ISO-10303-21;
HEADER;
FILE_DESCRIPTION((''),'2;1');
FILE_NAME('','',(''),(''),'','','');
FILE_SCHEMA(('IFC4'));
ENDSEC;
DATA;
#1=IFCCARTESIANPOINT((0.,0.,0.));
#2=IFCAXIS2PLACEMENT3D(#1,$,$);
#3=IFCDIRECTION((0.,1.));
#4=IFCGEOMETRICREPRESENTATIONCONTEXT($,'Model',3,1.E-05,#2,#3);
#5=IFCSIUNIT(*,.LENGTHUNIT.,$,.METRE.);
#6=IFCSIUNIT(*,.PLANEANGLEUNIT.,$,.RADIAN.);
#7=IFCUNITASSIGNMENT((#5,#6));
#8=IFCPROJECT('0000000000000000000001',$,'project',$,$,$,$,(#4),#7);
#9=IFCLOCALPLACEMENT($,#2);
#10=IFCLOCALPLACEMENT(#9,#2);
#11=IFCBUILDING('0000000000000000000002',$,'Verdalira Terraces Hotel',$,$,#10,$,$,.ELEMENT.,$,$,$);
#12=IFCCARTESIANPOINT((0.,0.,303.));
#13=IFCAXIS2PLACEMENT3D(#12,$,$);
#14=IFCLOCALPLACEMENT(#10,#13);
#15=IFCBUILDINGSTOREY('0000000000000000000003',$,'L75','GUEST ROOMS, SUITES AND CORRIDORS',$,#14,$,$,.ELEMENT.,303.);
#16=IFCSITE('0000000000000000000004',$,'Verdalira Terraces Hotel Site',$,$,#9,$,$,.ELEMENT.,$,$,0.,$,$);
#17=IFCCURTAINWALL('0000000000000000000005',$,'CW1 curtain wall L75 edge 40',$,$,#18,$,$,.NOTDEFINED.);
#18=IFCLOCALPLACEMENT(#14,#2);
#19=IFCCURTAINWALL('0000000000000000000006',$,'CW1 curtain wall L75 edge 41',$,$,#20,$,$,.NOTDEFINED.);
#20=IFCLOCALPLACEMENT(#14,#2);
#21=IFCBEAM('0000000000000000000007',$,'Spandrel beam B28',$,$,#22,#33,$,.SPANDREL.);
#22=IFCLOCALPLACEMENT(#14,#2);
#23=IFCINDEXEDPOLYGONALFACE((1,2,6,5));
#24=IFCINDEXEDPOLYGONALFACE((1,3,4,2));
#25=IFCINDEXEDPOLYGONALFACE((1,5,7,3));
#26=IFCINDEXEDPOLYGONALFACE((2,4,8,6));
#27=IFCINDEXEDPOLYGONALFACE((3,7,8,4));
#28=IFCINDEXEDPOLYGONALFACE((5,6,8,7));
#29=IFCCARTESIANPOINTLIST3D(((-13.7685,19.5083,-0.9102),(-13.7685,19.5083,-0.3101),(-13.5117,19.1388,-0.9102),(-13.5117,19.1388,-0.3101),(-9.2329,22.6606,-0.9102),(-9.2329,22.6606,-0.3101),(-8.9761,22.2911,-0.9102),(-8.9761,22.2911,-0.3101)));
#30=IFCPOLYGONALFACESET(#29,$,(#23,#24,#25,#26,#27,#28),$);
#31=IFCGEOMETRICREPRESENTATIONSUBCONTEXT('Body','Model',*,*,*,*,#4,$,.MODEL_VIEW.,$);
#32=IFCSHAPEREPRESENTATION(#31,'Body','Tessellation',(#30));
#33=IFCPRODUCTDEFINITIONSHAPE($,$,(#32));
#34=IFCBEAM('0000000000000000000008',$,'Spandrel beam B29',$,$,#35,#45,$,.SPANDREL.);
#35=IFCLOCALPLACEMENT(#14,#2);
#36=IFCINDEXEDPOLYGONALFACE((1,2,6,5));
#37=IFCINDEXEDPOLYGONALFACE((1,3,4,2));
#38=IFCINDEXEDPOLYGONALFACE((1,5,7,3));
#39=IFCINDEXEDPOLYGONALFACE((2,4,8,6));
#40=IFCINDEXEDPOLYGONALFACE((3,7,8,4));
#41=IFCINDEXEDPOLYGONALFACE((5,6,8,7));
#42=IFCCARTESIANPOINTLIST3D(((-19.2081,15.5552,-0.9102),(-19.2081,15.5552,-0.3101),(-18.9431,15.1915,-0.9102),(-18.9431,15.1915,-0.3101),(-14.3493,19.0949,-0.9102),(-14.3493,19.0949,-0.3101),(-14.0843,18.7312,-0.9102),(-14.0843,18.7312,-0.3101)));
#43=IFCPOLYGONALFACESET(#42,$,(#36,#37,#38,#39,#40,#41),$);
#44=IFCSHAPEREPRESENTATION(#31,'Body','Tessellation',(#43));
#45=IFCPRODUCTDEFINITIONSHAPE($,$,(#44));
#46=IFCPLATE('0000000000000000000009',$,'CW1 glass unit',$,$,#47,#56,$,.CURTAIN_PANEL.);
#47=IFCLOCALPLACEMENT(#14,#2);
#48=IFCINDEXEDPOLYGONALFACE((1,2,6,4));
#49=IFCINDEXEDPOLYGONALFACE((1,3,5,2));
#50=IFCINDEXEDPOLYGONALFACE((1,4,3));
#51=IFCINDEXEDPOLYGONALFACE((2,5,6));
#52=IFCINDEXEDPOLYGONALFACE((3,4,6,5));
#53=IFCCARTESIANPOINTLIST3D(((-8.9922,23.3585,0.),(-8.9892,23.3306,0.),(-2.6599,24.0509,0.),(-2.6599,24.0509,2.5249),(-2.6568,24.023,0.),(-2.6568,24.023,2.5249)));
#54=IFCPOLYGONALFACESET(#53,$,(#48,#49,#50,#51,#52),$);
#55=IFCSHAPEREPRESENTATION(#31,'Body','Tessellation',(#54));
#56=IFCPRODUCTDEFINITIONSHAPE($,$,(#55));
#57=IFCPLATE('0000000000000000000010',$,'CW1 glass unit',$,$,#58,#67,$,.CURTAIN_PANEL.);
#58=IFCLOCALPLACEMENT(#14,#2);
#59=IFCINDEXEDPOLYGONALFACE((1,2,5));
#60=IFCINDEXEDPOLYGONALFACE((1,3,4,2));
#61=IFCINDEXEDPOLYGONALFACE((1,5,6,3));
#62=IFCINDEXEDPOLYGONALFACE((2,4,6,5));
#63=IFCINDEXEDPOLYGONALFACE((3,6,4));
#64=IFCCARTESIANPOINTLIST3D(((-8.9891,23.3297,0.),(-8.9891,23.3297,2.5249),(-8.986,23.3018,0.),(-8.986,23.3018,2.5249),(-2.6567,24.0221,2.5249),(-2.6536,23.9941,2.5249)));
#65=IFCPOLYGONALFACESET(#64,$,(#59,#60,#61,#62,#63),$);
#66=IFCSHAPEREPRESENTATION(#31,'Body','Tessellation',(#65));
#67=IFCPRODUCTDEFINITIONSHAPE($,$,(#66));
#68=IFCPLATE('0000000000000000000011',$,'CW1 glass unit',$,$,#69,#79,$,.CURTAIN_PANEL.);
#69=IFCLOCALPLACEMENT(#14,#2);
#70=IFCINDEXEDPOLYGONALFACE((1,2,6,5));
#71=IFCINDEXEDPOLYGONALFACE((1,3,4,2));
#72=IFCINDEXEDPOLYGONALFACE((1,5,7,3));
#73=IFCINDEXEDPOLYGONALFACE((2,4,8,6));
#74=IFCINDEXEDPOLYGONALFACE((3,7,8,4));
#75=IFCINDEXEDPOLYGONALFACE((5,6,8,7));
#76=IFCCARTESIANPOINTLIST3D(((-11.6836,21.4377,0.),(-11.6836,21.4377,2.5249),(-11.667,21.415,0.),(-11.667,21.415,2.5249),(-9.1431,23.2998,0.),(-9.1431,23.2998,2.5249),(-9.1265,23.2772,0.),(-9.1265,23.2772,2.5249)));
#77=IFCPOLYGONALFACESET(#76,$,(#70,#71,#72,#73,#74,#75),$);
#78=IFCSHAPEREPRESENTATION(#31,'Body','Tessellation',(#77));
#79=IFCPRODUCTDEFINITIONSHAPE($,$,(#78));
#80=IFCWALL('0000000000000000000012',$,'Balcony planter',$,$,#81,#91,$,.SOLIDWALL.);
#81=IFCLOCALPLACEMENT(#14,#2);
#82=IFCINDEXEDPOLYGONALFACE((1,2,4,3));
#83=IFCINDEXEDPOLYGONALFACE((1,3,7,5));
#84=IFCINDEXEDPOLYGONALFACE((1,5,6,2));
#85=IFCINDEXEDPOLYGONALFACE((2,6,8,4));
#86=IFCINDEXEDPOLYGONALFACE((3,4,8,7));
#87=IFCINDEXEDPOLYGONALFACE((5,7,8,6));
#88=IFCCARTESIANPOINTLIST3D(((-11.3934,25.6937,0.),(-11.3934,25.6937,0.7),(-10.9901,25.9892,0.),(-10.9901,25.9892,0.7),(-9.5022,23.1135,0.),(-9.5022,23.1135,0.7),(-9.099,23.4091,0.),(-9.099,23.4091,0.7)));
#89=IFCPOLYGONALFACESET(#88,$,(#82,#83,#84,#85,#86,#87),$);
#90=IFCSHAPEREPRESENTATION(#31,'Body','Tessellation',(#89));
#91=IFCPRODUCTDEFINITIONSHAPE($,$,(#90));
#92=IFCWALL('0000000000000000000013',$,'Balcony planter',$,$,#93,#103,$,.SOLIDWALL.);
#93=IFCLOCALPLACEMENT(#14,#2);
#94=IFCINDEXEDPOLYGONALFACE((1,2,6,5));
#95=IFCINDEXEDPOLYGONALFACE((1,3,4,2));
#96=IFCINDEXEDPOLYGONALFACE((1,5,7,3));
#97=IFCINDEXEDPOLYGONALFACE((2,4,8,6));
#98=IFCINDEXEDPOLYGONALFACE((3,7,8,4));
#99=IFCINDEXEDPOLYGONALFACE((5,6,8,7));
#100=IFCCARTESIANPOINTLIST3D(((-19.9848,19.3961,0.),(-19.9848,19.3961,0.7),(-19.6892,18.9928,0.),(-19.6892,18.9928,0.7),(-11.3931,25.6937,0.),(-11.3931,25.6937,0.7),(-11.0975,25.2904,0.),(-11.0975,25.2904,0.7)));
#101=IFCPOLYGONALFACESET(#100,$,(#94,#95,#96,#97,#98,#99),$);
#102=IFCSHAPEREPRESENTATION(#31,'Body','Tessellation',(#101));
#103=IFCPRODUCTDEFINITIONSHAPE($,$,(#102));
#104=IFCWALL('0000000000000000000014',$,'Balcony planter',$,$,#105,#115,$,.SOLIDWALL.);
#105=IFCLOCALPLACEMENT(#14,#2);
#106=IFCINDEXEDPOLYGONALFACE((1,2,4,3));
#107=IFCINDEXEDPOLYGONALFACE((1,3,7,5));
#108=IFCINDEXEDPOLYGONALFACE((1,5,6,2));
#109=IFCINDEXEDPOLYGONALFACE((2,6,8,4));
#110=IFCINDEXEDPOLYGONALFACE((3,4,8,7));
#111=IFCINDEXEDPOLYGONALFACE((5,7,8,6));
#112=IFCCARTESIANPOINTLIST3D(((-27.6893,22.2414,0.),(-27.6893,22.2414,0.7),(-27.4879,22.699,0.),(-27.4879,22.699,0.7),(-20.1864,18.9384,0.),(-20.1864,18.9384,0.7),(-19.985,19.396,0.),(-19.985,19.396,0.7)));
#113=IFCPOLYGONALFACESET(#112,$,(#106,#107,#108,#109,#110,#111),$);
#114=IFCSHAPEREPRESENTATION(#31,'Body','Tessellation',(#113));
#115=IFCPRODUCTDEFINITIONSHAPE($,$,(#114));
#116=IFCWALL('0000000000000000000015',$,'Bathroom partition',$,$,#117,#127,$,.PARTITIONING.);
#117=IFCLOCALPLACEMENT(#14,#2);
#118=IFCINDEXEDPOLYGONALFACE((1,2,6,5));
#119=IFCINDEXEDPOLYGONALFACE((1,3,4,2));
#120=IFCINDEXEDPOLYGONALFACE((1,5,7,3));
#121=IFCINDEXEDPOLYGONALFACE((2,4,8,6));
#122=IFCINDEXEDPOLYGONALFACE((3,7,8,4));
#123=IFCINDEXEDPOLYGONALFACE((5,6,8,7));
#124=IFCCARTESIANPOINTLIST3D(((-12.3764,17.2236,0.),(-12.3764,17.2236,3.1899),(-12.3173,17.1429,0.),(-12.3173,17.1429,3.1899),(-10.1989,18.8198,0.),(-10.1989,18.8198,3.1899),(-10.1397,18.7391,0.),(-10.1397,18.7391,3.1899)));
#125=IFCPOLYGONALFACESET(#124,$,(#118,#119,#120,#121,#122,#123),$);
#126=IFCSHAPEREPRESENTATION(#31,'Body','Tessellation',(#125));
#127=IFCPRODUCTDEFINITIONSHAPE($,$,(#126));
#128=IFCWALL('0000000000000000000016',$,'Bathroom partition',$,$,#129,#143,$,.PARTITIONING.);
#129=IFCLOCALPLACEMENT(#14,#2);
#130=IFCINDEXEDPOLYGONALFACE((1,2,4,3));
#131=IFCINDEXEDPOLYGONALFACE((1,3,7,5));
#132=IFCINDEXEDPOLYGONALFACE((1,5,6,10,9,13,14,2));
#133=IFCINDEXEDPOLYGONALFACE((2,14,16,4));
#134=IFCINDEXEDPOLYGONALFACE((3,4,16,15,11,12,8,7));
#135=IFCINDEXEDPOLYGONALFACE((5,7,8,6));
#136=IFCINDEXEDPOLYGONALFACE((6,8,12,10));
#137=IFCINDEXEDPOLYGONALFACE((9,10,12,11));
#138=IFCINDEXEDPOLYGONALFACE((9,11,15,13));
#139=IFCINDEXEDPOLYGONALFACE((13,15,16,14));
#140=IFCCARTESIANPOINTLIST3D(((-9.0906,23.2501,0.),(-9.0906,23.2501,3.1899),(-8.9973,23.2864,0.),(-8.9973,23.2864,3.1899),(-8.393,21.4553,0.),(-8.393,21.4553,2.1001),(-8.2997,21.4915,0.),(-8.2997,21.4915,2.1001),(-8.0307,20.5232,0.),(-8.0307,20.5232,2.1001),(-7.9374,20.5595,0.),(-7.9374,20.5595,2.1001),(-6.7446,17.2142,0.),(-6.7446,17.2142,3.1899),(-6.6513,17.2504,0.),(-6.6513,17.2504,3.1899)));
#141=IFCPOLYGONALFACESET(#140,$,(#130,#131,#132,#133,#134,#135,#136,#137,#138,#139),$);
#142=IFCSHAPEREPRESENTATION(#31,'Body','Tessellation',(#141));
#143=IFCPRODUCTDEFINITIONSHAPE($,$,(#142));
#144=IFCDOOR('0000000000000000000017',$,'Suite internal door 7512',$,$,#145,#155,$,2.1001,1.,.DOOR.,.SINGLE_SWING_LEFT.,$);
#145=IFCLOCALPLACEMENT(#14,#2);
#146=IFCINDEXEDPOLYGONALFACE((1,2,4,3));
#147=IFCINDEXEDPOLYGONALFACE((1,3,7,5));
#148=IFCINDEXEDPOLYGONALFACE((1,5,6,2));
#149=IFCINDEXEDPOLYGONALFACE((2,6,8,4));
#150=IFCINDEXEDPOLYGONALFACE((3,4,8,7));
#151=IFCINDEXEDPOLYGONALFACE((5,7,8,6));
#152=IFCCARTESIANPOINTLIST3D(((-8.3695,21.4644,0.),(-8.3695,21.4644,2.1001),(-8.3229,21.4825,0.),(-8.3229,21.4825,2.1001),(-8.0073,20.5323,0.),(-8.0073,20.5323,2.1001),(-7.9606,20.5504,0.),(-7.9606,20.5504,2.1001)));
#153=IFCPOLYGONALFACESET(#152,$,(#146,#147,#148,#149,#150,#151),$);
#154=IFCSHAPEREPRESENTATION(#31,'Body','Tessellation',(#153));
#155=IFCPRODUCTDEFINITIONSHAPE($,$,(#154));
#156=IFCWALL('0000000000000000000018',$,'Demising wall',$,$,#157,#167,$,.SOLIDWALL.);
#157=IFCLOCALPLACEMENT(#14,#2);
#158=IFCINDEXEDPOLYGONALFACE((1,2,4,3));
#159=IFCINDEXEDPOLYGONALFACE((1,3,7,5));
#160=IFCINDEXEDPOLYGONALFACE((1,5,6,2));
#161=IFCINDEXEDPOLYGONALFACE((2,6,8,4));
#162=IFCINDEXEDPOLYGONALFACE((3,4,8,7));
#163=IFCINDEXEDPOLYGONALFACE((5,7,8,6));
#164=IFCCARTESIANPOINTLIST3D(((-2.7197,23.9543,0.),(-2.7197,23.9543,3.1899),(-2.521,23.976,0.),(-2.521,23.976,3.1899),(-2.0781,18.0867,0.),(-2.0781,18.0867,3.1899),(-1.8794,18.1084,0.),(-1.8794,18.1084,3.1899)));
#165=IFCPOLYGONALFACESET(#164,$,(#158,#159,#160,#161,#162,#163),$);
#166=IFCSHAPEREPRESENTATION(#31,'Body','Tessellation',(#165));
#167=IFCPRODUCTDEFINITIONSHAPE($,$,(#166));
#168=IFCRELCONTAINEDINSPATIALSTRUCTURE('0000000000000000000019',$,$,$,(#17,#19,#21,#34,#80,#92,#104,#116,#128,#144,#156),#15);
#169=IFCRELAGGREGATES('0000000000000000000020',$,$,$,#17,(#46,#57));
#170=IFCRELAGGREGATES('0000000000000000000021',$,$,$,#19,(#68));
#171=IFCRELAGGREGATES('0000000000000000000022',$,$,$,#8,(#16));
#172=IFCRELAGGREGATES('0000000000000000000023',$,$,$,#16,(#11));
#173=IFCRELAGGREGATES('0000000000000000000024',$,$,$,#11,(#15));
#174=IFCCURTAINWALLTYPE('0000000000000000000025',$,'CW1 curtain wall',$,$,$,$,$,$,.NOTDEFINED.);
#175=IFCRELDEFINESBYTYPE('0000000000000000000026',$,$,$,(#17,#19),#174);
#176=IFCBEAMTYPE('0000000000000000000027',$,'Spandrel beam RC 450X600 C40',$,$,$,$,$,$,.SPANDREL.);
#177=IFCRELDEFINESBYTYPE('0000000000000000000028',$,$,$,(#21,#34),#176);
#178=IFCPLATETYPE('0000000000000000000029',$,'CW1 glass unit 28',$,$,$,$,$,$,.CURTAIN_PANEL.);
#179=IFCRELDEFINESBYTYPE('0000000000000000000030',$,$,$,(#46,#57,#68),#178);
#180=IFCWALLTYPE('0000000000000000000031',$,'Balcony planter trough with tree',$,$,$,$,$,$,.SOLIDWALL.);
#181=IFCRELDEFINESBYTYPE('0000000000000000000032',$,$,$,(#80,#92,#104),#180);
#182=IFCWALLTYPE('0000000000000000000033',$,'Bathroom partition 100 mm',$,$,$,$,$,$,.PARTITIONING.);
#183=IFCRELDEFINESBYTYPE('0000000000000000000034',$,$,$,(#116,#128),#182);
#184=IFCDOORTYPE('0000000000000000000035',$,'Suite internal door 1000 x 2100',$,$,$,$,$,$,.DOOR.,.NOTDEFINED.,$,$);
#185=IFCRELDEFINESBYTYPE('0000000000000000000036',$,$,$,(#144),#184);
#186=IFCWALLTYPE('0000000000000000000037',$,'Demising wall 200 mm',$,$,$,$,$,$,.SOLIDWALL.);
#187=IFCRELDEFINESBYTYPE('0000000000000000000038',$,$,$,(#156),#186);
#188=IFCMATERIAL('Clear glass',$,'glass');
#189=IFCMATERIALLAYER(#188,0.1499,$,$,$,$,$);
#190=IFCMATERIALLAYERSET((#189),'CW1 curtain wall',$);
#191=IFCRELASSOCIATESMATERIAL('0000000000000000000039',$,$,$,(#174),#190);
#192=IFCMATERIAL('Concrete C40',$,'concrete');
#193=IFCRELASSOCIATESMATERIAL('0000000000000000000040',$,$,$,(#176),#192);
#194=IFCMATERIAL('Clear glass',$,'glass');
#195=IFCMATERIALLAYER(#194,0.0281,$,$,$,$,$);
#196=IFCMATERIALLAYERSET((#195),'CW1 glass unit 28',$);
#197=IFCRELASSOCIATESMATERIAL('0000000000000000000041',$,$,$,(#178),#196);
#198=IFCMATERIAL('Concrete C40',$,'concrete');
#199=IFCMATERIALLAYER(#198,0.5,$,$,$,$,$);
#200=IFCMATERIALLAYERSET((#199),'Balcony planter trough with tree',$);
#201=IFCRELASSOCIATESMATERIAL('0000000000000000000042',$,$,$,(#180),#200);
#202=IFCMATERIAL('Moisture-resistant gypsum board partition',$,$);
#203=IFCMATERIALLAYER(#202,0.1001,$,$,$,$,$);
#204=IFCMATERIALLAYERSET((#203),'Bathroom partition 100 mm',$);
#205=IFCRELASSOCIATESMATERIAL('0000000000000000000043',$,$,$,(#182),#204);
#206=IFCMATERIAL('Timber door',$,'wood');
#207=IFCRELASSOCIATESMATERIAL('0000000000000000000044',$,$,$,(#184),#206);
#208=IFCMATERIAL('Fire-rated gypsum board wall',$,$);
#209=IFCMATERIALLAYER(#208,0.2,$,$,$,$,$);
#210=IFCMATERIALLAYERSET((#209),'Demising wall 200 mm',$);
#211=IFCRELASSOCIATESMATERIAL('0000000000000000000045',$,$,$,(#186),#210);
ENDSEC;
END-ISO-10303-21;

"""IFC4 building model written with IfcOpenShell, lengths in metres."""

from ifc_helpers import new_model, si_unit, direction, frame, frame_2d, origin, origin_2d, place, context, subcontext, project, spatial, polyline, rectangle, outline, extrude, material, layer, layer_set, material_profile, profile_set, type_object, element, fill, aggregate, save


model = new_model("IFC4")

# Units and contexts
model_context = context("Model", 3, precision=1e-05, world=origin(), true_north=direction((0.0, 1.0)))
body_context = subcontext(model_context, "Body", "Model", "MODEL_VIEW")
ifc_project = project(units=[si_unit("LENGTHUNIT", "METRE"), si_unit("PLANEANGLEUNIT", "RADIAN")], contexts=[model_context])

# Site, building, storey
site_placement = place(None, origin())
site = spatial("IfcSite", under=ifc_project, at=site_placement, Name="Verdalira Terraces Hotel Site", CompositionType="ELEMENT", RefElevation=0.0)
building_placement = place(site_placement, origin())
building = spatial("IfcBuilding", under=site, at=building_placement, Name="Verdalira Terraces Hotel", CompositionType="ELEMENT")
storey_placement = place(building_placement, frame((0.0, 0.0, 303.0)))
storey = spatial("IfcBuildingStorey", under=building, at=storey_placement, Name="L75", Description="GUEST ROOMS, SUITES AND CORRIDORS", CompositionType="ELEMENT", Elevation=303.0)

# Curtain walls
ifc_material_1 = material(Name="Clear glass", Category="glass")
ifc_layer_1 = layer(ifc_material_1, 0.1499)
ifc_layer_set_1 = layer_set([ifc_layer_1], Name="CW1 curtain wall")
curtain_wall_type = type_object("IfcCurtainWallType", Name="CW1 curtain wall", PredefinedType="NOTDEFINED", material=ifc_layer_set_1)
curtain_wall_1_placement = place(storey_placement, origin())
curtain_wall_1 = element("IfcCurtainWall", 1, at=curtain_wall_1_placement, inside=storey, type_object=curtain_wall_type, Name="CW1 curtain wall L75 edge 40", PredefinedType="NOTDEFINED")
curtain_wall_2_placement = place(storey_placement, origin())
curtain_wall_2 = element("IfcCurtainWall", 2, at=curtain_wall_2_placement, inside=storey, type_object=curtain_wall_type, Name="CW1 curtain wall L75 edge 41", PredefinedType="NOTDEFINED")

# Beams
ifc_material_2 = material(Name="Concrete C40", Category="concrete")
ifc_material_profile_1 = material_profile(ifc_material_2, rectangle(XDim=0.45, YDim=0.6001, at=origin_2d()), Name="RC 450X600")
ifc_profile_set_1 = profile_set([ifc_material_profile_1], Name="Concrete C40")
beam_type_1 = type_object("IfcBeamType", Name="Spandrel beam RC 450X600 C40", PredefinedType="SPANDREL", material=ifc_profile_set_1)
beam_1_placement = place(storey_placement, frame((-9.1045, 22.4758, -0.6101), z_axis=(-0.82115, -0.570712, 0.0), x_axis=(0.570712, -0.82115, 0.0)))
element("IfcBeam", 3, at=beam_1_placement, inside=storey, type_object=beam_type_1, Name="Spandrel beam B28", PredefinedType="SPANDREL", context=body_context, shape_type="SweptSolid", body=[
    extrude(rectangle(XDim=0.45, YDim=0.6001, at=origin_2d()), origin(), (0.0, 0.0, 1.0), 5.5234),
])
beam_2_placement = place(storey_placement, frame((-14.2168, 18.9131, -0.6101), z_axis=(-0.808256, -0.588831, 0.0), x_axis=(0.588831, -0.808256, 0.0)))
element("IfcBeam", 4, at=beam_2_placement, inside=storey, type_object=beam_type_1, Name="Spandrel beam B29", PredefinedType="SPANDREL", context=body_context, shape_type="SweptSolid", body=[
    extrude(rectangle(XDim=0.45, YDim=0.6001, at=origin_2d()), origin(), (0.0, 0.0, 1.0), 6.0115),
])

# Plates
ifc_material_3 = material(Name="Clear glass", Category="glass")
ifc_layer_2 = layer(ifc_material_3, 0.0281)
ifc_layer_set_2 = layer_set([ifc_layer_2], Name="CW1 glass unit 28")
plate_type = type_object("IfcPlateType", Name="CW1 glass unit 28", PredefinedType="CURTAIN_PANEL", material=ifc_layer_set_2)
plate_1_placement = place(storey_placement, frame((-5.823, 23.6768, 1.2625), z_axis=(-0.108693, 0.994075, 0.0), x_axis=(-0.994075, -0.108693, 0.0)))
plate_1 = element("IfcPlate", 5, at=plate_1_placement, type_object=plate_type, Name="CW1 glass unit", PredefinedType="CURTAIN_PANEL", context=body_context, shape_type="SweptSolid", body=[
    extrude(outline(polyline([(-3.1851, -1.2625), (3.1851, -1.2625), (-3.1851, 1.2625), (-3.1851, -1.2625)])), origin(), (0.0, 0.0, 1.0), 0.0281),
])
plate_2_placement = place(storey_placement, frame((-5.8198, 23.6479, 1.2625), z_axis=(-0.108693, 0.994075, 0.0), x_axis=(-0.994075, -0.108693, 0.0)))
plate_2 = element("IfcPlate", 6, at=plate_2_placement, type_object=plate_type, Name="CW1 glass unit", PredefinedType="CURTAIN_PANEL", context=body_context, shape_type="SweptSolid", body=[
    extrude(outline(polyline([(3.1851, -1.2625), (3.1851, 1.2625), (-3.1851, 1.2625), (3.1851, -1.2625)])), origin(), (0.0, 0.0, 1.0), 0.0281),
])
aggregate(curtain_wall_1, [plate_1, plate_2])
plate_3_placement = place(storey_placement, frame((-10.405, 22.3574, 0.0), z_axis=(0.0, 0.0, 1.0), x_axis=(-0.806548, -0.591169, 0.0)))
plate_3 = element("IfcPlate", 7, at=plate_3_placement, type_object=plate_type, Name="CW1 glass unit", PredefinedType="CURTAIN_PANEL", context=body_context, shape_type="SweptSolid", body=[
    extrude(rectangle(XDim=3.1499, YDim=0.0281, at=origin_2d()), origin(), (0.0, 0.0, 1.0), 2.5249),
])
aggregate(curtain_wall_2, [plate_3])

# Walls
ifc_material_4 = material(Name="Concrete C40", Category="concrete")
ifc_layer_3 = layer(ifc_material_4, 0.5)
ifc_layer_set_3 = layer_set([ifc_layer_3], Name="Balcony planter trough with tree")
wall_type_1 = type_object("IfcWallType", Name="Balcony planter trough with tree", PredefinedType="SOLIDWALL", material=ifc_layer_set_3)
wall_1_placement = place(storey_placement, frame((-9.3005, 23.2612, 0.0), z_axis=(0.0, 0.0, 1.0), x_axis=(-0.591172, 0.806546, 0.0)))
element("IfcWall", 8, at=wall_1_placement, inside=storey, type_object=wall_type_1, Name="Balcony planter", PredefinedType="SOLIDWALL", context=body_context, shape_type="SweptSolid", body=[
    extrude(rectangle(XDim=3.199, YDim=0.5, at=frame_2d((1.5996, 0.0))), origin(), (0.0, 0.0, 1.0), 0.7),
])
wall_2_placement = place(storey_placement, frame((-11.2454, 25.4919, 0.0), z_axis=(0.0, 0.0, 1.0), x_axis=(-0.806541, -0.591178, 0.0)))
element("IfcWall", 9, at=wall_2_placement, inside=storey, type_object=wall_type_1, Name="Balcony planter", PredefinedType="SOLIDWALL", context=body_context, shape_type="SweptSolid", body=[
    extrude(rectangle(XDim=10.6526, YDim=0.5, at=frame_2d((5.3262, 0.0))), origin(), (0.0, 0.0, 1.0), 0.7),
])
wall_3_placement = place(storey_placement, frame((-20.0857, 19.1672, 0.0), z_axis=(0.0, 0.0, 1.0), x_axis=(-0.915239, 0.402911, 0.0)))
element("IfcWall", 10, at=wall_3_placement, inside=storey, type_object=wall_type_1, Name="Balcony planter", PredefinedType="SOLIDWALL", context=body_context, shape_type="SweptSolid", body=[
    extrude(rectangle(XDim=8.1978, YDim=0.5, at=frame_2d((4.0989, 0.0))), origin(), (0.0, 0.0, 1.0), 0.7),
])
ifc_material_5 = material(Name="Moisture-resistant gypsum board partition")
ifc_layer_4 = layer(ifc_material_5, 0.1001)
ifc_layer_set_4 = layer_set([ifc_layer_4], Name="Bathroom partition 100 mm")
wall_type_2 = type_object("IfcWallType", Name="Bathroom partition 100 mm", PredefinedType="PARTITIONING", material=ifc_layer_set_4)
wall_4_placement = place(storey_placement, frame((-10.1692, 18.7795, 0.0), z_axis=(0.0, 0.0, 1.0), x_axis=(-0.806517, -0.591211, 0.0)))
element("IfcWall", 11, at=wall_4_placement, inside=storey, type_object=wall_type_2, Name="Bathroom partition", PredefinedType="PARTITIONING", context=body_context, shape_type="SweptSolid", body=[
    extrude(rectangle(XDim=2.7, YDim=0.1001, at=frame_2d((1.3501, 0.0))), origin(), (0.0, 0.0, 1.0), 3.1899),
])

# Wall, opening, door
wall_5_placement = place(storey_placement, frame((-6.698, 17.2324, 0.0), z_axis=(0.0, 0.0, 1.0), x_axis=(-0.362266, 0.932075, 0.0)))
wall_5 = element("IfcWall", 12, at=wall_5_placement, inside=storey, type_object=wall_type_2, Name="Bathroom partition", PredefinedType="PARTITIONING", context=body_context, shape_type="SweptSolid", body=[
    extrude(rectangle(XDim=6.4758, YDim=0.1001, at=frame_2d((3.2378, 0.0))), origin(), (0.0, 0.0, 1.0), 3.1899),
])
opening_1_placement = place(wall_5_placement, frame((3.55, 0.0, 0.0)))
opening_1 = element("IfcOpeningElement", 13, at=opening_1_placement, cuts=wall_5, PredefinedType="OPENING", context=body_context, shape_type="SweptSolid", body=[
    extrude(rectangle(XDim=1.0, YDim=2.1001, at=frame_2d((0.5, 1.05))), frame((0.0, 0.0601, 0.0), z_axis=(0.0, -1.0, 0.0), x_axis=(1.0, 0.0, 0.0)), (0.0, 0.0, 1.0), 0.1201),
])
ifc_material_6 = material(Name="Timber door", Category="wood")
door_type_1 = type_object("IfcDoorType", Name="Suite internal door 1000 x 2100", OperationType="NOTDEFINED", PredefinedType="DOOR", material=ifc_material_6)
door_1_placement = place(opening_1_placement, origin())
door_1 = element("IfcDoor", 14, at=door_1_placement, inside=storey, type_object=door_type_1, Name="Suite internal door 7512", OperationType="SINGLE_SWING_LEFT", OverallHeight=2.1001, OverallWidth=1.0, PredefinedType="DOOR", context=body_context, shape_type="SweptSolid", body=[
    extrude(rectangle(XDim=1.0, YDim=2.1001, at=frame_2d((0.5, 1.05))), frame((0.0, 0.0249, 0.0), z_axis=(0.0, -1.0, 0.0), x_axis=(1.0, 0.0, 0.0)), (0.0, 0.0, 1.0), 0.05),
])
fill(opening_1, door_1)

# Wall
ifc_material_7 = material(Name="Fire-rated gypsum board wall")
ifc_layer_5 = layer(ifc_material_7, 0.2)
ifc_layer_set_5 = layer_set([ifc_layer_5], Name="Demising wall 200 mm")
wall_type_3 = type_object("IfcWallType", Name="Demising wall 200 mm", PredefinedType="SOLIDWALL", material=ifc_layer_set_5)
wall_6_placement = place(storey_placement, frame((-1.9788, 18.0977, 0.0), z_axis=(0.0, 0.0, 1.0), x_axis=(-0.108697, 0.994075, 0.0)))
element("IfcWall", 15, at=wall_6_placement, inside=storey, type_object=wall_type_3, Name="Demising wall", PredefinedType="SOLIDWALL", context=body_context, shape_type="SweptSolid", body=[
    extrude(rectangle(XDim=5.9026, YDim=0.2, at=frame_2d((2.9512, 0.0))), origin(), (0.0, 0.0, 1.0), 3.1899),
])

save(model, "model.ifc")
